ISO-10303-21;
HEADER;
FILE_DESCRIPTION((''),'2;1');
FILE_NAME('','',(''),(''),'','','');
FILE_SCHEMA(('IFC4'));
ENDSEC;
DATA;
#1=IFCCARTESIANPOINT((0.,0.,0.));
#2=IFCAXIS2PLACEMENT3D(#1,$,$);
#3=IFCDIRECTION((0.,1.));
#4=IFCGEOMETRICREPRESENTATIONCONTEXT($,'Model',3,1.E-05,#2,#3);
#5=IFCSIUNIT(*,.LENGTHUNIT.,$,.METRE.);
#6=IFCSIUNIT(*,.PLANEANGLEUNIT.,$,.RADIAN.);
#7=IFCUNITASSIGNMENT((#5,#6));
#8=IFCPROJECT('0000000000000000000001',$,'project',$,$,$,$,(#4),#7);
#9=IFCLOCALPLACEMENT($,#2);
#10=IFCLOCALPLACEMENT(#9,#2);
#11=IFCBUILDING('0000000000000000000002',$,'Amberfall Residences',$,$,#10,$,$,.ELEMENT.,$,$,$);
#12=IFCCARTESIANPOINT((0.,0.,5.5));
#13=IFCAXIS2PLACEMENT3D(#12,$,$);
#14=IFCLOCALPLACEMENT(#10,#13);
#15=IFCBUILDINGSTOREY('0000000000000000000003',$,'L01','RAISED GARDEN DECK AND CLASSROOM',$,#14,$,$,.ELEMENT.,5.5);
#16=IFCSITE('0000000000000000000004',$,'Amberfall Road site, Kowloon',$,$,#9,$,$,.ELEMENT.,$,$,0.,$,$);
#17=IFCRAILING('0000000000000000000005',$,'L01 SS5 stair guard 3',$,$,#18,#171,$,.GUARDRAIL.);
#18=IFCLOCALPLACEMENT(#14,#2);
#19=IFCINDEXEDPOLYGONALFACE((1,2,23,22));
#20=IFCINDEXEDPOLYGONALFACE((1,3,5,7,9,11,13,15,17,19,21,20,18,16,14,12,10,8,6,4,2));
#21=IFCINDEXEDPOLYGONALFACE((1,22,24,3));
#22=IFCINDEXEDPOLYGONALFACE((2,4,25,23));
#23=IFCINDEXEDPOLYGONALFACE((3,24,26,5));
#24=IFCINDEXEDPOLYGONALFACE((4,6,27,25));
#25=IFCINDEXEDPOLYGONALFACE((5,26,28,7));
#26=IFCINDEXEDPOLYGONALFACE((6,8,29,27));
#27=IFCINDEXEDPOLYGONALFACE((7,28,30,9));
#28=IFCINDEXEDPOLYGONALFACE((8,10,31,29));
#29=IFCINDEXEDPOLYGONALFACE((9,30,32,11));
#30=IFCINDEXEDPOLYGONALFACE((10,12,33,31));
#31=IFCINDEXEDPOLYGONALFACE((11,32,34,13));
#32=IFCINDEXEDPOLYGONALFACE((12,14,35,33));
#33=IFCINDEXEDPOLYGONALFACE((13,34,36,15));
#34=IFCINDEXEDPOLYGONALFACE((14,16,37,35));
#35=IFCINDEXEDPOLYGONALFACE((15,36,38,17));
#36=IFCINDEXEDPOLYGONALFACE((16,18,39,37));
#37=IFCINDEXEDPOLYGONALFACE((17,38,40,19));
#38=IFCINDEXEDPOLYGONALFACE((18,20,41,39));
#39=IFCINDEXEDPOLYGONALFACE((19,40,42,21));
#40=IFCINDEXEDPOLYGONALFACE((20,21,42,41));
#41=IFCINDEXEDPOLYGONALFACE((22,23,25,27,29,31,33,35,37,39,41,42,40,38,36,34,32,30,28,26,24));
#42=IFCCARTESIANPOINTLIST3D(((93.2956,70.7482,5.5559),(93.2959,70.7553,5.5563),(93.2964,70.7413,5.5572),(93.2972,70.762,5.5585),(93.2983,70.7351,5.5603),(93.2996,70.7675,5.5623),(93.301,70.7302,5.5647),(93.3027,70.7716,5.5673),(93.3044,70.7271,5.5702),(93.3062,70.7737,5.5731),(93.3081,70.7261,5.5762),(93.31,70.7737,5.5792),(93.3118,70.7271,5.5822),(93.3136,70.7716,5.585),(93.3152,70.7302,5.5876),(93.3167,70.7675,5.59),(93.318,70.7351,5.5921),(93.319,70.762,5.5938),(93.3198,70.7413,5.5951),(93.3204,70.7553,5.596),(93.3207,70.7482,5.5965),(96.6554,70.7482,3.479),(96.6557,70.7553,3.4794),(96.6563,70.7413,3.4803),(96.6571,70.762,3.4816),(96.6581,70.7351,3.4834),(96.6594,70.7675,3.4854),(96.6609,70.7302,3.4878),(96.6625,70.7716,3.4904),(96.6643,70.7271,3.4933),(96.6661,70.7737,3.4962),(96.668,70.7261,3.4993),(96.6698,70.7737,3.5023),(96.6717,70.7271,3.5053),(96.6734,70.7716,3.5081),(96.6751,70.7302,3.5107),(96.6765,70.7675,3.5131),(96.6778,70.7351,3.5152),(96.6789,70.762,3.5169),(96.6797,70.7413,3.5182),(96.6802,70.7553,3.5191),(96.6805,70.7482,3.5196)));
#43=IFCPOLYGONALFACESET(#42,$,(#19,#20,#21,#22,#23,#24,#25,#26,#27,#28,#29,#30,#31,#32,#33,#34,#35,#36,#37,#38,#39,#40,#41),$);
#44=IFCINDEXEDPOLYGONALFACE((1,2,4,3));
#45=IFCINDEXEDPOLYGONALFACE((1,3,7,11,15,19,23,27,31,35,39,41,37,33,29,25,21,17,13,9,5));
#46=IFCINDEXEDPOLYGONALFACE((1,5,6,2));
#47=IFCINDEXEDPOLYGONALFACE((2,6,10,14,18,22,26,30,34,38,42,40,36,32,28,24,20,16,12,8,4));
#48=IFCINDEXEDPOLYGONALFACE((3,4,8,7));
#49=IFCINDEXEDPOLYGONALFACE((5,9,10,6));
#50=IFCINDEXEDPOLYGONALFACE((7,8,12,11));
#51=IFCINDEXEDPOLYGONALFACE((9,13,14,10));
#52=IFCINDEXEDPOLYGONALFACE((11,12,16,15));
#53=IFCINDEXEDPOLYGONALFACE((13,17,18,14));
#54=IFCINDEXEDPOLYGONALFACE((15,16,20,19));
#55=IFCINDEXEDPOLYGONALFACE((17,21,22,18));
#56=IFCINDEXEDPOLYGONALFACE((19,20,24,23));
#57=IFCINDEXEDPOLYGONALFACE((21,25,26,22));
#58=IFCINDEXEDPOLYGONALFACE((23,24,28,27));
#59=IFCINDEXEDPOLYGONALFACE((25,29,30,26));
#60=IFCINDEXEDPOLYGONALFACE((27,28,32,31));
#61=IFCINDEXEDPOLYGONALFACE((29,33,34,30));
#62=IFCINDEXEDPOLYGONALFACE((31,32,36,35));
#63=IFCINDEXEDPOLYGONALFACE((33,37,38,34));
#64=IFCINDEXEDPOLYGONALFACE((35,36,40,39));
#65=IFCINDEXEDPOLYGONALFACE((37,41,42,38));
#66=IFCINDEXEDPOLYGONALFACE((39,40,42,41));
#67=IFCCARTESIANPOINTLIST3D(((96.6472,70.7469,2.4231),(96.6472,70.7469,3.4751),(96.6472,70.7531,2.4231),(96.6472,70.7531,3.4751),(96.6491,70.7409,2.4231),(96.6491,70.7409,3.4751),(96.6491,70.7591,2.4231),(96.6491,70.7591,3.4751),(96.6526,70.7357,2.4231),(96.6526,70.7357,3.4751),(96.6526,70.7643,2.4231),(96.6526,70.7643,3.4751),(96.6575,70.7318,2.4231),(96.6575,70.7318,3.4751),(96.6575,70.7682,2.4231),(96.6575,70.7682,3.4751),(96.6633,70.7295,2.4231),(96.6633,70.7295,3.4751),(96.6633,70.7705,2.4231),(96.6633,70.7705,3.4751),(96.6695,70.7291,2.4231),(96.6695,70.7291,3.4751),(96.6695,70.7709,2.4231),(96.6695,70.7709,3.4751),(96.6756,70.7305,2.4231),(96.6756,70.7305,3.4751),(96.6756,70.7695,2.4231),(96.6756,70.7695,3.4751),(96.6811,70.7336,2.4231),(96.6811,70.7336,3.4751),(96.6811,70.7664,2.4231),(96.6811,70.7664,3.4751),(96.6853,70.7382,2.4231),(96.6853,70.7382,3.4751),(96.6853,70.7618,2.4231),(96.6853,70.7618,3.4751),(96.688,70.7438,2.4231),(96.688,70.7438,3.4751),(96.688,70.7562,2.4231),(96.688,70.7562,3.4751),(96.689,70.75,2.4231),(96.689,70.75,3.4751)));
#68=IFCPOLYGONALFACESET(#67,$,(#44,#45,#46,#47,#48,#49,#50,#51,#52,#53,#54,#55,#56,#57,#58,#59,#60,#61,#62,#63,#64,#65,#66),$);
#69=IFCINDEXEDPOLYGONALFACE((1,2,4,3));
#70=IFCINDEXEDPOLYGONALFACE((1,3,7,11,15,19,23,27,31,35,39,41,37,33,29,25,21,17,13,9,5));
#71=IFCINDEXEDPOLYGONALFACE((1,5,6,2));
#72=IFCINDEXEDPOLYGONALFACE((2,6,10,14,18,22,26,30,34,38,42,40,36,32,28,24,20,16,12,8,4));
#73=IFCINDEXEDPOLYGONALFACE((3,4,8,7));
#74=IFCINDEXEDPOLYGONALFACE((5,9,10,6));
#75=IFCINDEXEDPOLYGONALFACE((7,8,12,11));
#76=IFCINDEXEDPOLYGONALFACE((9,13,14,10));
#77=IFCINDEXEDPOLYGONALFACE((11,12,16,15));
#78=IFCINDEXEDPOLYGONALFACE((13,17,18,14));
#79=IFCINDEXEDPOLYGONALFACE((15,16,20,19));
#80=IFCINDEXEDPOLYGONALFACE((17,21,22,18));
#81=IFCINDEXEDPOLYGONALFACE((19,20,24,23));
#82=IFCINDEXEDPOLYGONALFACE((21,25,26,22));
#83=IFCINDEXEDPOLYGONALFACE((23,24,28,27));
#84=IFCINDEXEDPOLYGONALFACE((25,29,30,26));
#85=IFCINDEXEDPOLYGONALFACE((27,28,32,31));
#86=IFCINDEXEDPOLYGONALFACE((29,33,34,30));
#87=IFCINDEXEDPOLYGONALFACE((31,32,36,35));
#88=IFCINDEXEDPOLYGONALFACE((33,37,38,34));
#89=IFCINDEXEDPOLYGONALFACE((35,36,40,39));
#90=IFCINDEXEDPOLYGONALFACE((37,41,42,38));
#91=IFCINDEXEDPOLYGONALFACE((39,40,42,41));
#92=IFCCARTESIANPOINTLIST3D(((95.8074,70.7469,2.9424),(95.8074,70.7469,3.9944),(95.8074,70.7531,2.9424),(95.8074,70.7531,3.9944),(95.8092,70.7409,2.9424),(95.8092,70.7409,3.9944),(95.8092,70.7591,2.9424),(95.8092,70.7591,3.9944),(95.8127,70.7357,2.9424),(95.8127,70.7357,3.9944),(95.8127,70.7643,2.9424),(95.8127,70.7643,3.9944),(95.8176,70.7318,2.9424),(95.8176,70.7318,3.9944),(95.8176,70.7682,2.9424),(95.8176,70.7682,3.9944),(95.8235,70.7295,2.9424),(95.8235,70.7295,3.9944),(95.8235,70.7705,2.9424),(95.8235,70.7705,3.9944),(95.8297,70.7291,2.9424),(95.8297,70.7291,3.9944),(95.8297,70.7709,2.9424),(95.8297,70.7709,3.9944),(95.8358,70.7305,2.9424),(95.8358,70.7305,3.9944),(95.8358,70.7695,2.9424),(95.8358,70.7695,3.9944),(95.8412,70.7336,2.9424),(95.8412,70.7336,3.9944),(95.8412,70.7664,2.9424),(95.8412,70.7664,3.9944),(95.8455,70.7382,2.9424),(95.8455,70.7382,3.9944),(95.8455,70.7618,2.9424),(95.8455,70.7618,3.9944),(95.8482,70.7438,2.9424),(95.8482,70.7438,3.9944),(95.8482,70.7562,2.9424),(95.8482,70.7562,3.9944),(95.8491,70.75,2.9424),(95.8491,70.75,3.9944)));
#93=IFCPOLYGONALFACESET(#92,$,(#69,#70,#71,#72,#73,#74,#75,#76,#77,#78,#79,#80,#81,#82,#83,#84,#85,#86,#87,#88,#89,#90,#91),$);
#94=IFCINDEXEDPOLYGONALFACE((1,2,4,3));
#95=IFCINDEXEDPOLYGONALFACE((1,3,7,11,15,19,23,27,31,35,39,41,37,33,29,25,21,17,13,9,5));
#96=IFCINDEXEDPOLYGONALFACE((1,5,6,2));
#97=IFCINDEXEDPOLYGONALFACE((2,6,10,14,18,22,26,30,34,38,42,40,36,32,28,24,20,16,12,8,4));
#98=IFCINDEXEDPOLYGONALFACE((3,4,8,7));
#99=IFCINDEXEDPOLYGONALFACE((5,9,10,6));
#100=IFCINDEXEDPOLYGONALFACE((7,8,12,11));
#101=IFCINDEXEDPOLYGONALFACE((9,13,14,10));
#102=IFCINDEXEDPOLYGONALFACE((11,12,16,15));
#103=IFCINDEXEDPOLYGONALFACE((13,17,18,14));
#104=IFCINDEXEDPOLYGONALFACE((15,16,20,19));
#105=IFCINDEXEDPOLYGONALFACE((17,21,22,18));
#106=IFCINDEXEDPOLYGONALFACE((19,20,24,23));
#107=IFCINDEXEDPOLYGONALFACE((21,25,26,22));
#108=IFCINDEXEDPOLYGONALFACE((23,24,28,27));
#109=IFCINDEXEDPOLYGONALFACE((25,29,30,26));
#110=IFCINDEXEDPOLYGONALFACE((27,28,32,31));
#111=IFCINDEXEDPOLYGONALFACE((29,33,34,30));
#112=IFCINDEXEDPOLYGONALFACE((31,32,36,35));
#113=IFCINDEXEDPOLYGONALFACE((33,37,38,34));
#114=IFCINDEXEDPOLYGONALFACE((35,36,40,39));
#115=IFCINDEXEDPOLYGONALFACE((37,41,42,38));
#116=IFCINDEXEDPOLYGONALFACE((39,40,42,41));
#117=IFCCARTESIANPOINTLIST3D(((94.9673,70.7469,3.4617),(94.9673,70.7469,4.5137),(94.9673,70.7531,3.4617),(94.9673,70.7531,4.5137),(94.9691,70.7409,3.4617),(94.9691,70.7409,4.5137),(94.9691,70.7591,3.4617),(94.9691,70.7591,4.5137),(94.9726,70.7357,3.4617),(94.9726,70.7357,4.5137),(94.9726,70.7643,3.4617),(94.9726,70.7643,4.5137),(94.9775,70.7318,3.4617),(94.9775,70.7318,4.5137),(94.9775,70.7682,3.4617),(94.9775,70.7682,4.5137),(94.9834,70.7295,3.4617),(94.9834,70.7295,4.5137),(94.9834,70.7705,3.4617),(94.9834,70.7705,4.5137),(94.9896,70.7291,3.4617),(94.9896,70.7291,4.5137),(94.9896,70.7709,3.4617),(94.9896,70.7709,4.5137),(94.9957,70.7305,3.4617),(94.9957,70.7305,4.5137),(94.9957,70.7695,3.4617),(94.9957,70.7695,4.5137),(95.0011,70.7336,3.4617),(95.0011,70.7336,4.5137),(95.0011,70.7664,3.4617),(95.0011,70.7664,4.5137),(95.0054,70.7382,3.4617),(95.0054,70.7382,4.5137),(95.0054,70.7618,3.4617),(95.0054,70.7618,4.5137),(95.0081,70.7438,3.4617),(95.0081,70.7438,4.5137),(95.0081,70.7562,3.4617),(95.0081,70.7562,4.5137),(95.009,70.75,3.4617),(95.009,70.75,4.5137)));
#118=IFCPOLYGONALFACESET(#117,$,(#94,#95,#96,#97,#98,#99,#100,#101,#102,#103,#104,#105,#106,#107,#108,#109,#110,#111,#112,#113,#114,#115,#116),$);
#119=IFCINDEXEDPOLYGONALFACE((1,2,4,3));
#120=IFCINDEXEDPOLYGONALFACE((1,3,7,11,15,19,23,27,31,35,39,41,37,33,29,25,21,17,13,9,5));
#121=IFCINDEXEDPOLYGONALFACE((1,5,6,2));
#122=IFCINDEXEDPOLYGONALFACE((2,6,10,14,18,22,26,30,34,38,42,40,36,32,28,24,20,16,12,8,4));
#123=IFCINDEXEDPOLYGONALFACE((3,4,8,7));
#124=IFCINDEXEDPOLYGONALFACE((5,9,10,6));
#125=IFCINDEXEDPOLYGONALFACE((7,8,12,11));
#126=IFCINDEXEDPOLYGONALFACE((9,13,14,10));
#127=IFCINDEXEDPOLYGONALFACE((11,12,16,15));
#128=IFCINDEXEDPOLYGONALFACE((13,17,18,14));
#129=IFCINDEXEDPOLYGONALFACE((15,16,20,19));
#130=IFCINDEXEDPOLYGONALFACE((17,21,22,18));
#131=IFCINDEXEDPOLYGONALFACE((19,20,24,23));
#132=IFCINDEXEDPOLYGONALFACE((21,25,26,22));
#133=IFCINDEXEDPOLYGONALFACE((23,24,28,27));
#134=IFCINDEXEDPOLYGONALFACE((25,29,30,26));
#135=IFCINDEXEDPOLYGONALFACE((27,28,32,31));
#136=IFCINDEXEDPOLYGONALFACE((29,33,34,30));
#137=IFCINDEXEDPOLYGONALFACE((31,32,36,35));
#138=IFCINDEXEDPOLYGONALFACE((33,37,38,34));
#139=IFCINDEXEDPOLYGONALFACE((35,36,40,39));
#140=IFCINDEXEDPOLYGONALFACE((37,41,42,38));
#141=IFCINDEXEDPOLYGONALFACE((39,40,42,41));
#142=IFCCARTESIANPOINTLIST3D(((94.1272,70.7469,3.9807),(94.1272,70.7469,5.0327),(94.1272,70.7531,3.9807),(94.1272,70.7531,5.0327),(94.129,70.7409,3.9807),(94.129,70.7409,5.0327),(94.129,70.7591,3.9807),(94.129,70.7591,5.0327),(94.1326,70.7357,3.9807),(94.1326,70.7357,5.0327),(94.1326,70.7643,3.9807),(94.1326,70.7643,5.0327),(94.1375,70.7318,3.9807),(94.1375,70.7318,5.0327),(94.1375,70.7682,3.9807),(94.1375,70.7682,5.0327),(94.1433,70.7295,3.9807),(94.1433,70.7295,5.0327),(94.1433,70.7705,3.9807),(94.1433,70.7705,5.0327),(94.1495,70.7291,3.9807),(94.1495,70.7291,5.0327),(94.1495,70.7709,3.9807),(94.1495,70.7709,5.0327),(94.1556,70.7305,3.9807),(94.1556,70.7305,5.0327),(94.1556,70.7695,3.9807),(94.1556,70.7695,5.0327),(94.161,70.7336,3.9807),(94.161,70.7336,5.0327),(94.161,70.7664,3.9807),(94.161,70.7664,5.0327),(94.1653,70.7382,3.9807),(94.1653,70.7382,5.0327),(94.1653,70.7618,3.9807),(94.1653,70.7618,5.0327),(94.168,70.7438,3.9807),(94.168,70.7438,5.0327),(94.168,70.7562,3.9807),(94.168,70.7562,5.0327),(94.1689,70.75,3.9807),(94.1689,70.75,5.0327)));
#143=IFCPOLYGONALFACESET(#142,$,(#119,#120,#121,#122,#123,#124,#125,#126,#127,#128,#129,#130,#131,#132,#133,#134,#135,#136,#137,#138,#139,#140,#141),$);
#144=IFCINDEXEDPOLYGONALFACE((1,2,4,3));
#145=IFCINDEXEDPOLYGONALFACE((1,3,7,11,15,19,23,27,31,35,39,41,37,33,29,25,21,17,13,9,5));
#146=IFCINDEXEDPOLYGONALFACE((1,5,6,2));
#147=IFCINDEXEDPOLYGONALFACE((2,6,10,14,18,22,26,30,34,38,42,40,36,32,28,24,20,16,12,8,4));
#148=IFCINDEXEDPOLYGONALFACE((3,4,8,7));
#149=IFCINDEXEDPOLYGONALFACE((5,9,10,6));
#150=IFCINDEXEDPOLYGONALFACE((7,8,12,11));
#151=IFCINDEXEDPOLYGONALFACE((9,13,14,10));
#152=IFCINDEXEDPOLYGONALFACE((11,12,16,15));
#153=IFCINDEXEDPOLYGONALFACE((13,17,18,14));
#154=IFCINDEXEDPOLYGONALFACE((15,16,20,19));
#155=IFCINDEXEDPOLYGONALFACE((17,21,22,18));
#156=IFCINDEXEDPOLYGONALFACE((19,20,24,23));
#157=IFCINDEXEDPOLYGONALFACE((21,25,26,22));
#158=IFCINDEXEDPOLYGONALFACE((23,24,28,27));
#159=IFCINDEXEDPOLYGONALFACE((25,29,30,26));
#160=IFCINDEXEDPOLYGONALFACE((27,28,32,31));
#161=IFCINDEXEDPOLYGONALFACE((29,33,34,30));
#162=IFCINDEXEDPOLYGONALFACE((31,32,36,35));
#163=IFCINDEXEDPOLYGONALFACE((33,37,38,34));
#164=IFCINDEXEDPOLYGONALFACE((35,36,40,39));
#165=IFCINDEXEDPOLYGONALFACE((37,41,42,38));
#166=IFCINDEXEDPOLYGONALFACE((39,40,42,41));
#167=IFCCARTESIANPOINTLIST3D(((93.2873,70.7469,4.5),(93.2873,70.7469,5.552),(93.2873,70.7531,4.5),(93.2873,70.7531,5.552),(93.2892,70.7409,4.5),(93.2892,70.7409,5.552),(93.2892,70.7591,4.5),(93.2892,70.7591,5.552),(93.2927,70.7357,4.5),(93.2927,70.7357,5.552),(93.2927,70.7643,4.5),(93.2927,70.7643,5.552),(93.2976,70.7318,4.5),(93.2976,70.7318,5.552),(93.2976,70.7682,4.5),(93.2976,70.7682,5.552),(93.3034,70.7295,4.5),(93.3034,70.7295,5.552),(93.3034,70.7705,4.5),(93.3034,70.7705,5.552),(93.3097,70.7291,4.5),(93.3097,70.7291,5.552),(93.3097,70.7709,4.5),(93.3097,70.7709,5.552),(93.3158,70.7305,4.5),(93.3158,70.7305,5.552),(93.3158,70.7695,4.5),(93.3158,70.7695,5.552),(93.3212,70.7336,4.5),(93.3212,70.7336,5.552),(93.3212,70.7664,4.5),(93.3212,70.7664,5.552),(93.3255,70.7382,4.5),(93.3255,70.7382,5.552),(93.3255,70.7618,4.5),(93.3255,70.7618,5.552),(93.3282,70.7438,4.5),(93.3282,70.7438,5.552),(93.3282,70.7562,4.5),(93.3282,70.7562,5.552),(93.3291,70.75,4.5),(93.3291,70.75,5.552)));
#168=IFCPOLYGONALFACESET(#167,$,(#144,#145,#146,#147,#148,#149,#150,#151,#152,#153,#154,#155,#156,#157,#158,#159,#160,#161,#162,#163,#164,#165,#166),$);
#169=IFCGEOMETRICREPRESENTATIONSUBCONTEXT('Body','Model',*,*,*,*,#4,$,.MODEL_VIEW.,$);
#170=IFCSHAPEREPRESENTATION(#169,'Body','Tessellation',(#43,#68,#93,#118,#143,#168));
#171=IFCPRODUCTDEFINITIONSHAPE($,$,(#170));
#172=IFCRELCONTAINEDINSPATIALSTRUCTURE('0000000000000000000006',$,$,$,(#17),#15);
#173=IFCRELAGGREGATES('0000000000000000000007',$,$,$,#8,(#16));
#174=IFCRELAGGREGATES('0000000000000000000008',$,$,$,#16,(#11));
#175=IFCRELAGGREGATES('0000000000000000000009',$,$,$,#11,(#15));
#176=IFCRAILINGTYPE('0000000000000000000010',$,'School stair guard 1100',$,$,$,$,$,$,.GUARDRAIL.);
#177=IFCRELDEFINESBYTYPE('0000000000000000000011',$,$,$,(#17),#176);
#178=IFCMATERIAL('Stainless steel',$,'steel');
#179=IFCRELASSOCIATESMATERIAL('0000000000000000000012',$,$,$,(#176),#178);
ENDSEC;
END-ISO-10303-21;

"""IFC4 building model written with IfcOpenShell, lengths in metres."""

from ifc_helpers import new_model, si_unit, direction, frame, origin, origin_2d, place, context, subcontext, project, spatial, circle, extrude, material, type_object, element, save


model = new_model("IFC4")

# Units and contexts
model_context = context("Model", 3, precision=1e-05, world=origin(), true_north=direction((0.0, 1.0)))
body_context = subcontext(model_context, "Body", "Model", "MODEL_VIEW")
ifc_project = project(units=[si_unit("LENGTHUNIT", "METRE"), si_unit("PLANEANGLEUNIT", "RADIAN")], contexts=[model_context])

# Site, building, storey
site_placement = place(None, origin())
site = spatial("IfcSite", under=ifc_project, at=site_placement, Name="Amberfall Road site, Kowloon", CompositionType="ELEMENT", RefElevation=0.0)
building_placement = place(site_placement, origin())
building = spatial("IfcBuilding", under=site, at=building_placement, Name="Amberfall Residences", CompositionType="ELEMENT")
storey_placement = place(building_placement, frame((0.0, 0.0, 5.5)))
storey = spatial("IfcBuildingStorey", under=building, at=storey_placement, Name="L01", Description="RAISED GARDEN DECK AND CLASSROOM", CompositionType="ELEMENT", Elevation=5.5)

# Railing
ifc_material_1 = material(Name="Stainless steel", Category="steel")
railing_type_1 = type_object("IfcRailingType", Name="School stair guard 1100", PredefinedType="GUARDRAIL", material=ifc_material_1)
railing_1_placement = place(storey_placement, frame((96.668, 70.75, 2.4231)))
element("IfcRailing", 1, at=railing_1_placement, inside=storey, type_object=railing_type_1, Name="L01 SS5 stair guard 3", PredefinedType="GUARDRAIL", context=body_context, shape_type="SweptSolid", body=[
    extrude(circle(Radius=0.0239, at=origin_2d()), frame((0.0, 0.0, 1.0762), z_axis=(-0.850606, 0.0, 0.525803), x_axis=(0.0, -1.0, 0.0)), (0.0, 0.0, 1.0), 3.95),
    extrude(circle(Radius=0.021, at=origin_2d()), origin(), (0.0, 0.0, 1.0), 1.052),
    extrude(circle(Radius=0.021, at=origin_2d()), frame((-0.8398, 0.0, 0.5193)), (0.0, 0.0, 1.0), 1.052),
    extrude(circle(Radius=0.021, at=origin_2d()), frame((-1.6799, 0.0, 1.0386)), (0.0, 0.0, 1.0), 1.052),
    extrude(circle(Radius=0.021, at=origin_2d()), frame((-2.52, 0.0, 1.5576)), (0.0, 0.0, 1.0), 1.052),
    extrude(circle(Radius=0.021, at=origin_2d()), frame((-3.3599, 0.0, 2.0769)), (0.0, 0.0, 1.0), 1.052),
])

save(model, "model.ifc")
